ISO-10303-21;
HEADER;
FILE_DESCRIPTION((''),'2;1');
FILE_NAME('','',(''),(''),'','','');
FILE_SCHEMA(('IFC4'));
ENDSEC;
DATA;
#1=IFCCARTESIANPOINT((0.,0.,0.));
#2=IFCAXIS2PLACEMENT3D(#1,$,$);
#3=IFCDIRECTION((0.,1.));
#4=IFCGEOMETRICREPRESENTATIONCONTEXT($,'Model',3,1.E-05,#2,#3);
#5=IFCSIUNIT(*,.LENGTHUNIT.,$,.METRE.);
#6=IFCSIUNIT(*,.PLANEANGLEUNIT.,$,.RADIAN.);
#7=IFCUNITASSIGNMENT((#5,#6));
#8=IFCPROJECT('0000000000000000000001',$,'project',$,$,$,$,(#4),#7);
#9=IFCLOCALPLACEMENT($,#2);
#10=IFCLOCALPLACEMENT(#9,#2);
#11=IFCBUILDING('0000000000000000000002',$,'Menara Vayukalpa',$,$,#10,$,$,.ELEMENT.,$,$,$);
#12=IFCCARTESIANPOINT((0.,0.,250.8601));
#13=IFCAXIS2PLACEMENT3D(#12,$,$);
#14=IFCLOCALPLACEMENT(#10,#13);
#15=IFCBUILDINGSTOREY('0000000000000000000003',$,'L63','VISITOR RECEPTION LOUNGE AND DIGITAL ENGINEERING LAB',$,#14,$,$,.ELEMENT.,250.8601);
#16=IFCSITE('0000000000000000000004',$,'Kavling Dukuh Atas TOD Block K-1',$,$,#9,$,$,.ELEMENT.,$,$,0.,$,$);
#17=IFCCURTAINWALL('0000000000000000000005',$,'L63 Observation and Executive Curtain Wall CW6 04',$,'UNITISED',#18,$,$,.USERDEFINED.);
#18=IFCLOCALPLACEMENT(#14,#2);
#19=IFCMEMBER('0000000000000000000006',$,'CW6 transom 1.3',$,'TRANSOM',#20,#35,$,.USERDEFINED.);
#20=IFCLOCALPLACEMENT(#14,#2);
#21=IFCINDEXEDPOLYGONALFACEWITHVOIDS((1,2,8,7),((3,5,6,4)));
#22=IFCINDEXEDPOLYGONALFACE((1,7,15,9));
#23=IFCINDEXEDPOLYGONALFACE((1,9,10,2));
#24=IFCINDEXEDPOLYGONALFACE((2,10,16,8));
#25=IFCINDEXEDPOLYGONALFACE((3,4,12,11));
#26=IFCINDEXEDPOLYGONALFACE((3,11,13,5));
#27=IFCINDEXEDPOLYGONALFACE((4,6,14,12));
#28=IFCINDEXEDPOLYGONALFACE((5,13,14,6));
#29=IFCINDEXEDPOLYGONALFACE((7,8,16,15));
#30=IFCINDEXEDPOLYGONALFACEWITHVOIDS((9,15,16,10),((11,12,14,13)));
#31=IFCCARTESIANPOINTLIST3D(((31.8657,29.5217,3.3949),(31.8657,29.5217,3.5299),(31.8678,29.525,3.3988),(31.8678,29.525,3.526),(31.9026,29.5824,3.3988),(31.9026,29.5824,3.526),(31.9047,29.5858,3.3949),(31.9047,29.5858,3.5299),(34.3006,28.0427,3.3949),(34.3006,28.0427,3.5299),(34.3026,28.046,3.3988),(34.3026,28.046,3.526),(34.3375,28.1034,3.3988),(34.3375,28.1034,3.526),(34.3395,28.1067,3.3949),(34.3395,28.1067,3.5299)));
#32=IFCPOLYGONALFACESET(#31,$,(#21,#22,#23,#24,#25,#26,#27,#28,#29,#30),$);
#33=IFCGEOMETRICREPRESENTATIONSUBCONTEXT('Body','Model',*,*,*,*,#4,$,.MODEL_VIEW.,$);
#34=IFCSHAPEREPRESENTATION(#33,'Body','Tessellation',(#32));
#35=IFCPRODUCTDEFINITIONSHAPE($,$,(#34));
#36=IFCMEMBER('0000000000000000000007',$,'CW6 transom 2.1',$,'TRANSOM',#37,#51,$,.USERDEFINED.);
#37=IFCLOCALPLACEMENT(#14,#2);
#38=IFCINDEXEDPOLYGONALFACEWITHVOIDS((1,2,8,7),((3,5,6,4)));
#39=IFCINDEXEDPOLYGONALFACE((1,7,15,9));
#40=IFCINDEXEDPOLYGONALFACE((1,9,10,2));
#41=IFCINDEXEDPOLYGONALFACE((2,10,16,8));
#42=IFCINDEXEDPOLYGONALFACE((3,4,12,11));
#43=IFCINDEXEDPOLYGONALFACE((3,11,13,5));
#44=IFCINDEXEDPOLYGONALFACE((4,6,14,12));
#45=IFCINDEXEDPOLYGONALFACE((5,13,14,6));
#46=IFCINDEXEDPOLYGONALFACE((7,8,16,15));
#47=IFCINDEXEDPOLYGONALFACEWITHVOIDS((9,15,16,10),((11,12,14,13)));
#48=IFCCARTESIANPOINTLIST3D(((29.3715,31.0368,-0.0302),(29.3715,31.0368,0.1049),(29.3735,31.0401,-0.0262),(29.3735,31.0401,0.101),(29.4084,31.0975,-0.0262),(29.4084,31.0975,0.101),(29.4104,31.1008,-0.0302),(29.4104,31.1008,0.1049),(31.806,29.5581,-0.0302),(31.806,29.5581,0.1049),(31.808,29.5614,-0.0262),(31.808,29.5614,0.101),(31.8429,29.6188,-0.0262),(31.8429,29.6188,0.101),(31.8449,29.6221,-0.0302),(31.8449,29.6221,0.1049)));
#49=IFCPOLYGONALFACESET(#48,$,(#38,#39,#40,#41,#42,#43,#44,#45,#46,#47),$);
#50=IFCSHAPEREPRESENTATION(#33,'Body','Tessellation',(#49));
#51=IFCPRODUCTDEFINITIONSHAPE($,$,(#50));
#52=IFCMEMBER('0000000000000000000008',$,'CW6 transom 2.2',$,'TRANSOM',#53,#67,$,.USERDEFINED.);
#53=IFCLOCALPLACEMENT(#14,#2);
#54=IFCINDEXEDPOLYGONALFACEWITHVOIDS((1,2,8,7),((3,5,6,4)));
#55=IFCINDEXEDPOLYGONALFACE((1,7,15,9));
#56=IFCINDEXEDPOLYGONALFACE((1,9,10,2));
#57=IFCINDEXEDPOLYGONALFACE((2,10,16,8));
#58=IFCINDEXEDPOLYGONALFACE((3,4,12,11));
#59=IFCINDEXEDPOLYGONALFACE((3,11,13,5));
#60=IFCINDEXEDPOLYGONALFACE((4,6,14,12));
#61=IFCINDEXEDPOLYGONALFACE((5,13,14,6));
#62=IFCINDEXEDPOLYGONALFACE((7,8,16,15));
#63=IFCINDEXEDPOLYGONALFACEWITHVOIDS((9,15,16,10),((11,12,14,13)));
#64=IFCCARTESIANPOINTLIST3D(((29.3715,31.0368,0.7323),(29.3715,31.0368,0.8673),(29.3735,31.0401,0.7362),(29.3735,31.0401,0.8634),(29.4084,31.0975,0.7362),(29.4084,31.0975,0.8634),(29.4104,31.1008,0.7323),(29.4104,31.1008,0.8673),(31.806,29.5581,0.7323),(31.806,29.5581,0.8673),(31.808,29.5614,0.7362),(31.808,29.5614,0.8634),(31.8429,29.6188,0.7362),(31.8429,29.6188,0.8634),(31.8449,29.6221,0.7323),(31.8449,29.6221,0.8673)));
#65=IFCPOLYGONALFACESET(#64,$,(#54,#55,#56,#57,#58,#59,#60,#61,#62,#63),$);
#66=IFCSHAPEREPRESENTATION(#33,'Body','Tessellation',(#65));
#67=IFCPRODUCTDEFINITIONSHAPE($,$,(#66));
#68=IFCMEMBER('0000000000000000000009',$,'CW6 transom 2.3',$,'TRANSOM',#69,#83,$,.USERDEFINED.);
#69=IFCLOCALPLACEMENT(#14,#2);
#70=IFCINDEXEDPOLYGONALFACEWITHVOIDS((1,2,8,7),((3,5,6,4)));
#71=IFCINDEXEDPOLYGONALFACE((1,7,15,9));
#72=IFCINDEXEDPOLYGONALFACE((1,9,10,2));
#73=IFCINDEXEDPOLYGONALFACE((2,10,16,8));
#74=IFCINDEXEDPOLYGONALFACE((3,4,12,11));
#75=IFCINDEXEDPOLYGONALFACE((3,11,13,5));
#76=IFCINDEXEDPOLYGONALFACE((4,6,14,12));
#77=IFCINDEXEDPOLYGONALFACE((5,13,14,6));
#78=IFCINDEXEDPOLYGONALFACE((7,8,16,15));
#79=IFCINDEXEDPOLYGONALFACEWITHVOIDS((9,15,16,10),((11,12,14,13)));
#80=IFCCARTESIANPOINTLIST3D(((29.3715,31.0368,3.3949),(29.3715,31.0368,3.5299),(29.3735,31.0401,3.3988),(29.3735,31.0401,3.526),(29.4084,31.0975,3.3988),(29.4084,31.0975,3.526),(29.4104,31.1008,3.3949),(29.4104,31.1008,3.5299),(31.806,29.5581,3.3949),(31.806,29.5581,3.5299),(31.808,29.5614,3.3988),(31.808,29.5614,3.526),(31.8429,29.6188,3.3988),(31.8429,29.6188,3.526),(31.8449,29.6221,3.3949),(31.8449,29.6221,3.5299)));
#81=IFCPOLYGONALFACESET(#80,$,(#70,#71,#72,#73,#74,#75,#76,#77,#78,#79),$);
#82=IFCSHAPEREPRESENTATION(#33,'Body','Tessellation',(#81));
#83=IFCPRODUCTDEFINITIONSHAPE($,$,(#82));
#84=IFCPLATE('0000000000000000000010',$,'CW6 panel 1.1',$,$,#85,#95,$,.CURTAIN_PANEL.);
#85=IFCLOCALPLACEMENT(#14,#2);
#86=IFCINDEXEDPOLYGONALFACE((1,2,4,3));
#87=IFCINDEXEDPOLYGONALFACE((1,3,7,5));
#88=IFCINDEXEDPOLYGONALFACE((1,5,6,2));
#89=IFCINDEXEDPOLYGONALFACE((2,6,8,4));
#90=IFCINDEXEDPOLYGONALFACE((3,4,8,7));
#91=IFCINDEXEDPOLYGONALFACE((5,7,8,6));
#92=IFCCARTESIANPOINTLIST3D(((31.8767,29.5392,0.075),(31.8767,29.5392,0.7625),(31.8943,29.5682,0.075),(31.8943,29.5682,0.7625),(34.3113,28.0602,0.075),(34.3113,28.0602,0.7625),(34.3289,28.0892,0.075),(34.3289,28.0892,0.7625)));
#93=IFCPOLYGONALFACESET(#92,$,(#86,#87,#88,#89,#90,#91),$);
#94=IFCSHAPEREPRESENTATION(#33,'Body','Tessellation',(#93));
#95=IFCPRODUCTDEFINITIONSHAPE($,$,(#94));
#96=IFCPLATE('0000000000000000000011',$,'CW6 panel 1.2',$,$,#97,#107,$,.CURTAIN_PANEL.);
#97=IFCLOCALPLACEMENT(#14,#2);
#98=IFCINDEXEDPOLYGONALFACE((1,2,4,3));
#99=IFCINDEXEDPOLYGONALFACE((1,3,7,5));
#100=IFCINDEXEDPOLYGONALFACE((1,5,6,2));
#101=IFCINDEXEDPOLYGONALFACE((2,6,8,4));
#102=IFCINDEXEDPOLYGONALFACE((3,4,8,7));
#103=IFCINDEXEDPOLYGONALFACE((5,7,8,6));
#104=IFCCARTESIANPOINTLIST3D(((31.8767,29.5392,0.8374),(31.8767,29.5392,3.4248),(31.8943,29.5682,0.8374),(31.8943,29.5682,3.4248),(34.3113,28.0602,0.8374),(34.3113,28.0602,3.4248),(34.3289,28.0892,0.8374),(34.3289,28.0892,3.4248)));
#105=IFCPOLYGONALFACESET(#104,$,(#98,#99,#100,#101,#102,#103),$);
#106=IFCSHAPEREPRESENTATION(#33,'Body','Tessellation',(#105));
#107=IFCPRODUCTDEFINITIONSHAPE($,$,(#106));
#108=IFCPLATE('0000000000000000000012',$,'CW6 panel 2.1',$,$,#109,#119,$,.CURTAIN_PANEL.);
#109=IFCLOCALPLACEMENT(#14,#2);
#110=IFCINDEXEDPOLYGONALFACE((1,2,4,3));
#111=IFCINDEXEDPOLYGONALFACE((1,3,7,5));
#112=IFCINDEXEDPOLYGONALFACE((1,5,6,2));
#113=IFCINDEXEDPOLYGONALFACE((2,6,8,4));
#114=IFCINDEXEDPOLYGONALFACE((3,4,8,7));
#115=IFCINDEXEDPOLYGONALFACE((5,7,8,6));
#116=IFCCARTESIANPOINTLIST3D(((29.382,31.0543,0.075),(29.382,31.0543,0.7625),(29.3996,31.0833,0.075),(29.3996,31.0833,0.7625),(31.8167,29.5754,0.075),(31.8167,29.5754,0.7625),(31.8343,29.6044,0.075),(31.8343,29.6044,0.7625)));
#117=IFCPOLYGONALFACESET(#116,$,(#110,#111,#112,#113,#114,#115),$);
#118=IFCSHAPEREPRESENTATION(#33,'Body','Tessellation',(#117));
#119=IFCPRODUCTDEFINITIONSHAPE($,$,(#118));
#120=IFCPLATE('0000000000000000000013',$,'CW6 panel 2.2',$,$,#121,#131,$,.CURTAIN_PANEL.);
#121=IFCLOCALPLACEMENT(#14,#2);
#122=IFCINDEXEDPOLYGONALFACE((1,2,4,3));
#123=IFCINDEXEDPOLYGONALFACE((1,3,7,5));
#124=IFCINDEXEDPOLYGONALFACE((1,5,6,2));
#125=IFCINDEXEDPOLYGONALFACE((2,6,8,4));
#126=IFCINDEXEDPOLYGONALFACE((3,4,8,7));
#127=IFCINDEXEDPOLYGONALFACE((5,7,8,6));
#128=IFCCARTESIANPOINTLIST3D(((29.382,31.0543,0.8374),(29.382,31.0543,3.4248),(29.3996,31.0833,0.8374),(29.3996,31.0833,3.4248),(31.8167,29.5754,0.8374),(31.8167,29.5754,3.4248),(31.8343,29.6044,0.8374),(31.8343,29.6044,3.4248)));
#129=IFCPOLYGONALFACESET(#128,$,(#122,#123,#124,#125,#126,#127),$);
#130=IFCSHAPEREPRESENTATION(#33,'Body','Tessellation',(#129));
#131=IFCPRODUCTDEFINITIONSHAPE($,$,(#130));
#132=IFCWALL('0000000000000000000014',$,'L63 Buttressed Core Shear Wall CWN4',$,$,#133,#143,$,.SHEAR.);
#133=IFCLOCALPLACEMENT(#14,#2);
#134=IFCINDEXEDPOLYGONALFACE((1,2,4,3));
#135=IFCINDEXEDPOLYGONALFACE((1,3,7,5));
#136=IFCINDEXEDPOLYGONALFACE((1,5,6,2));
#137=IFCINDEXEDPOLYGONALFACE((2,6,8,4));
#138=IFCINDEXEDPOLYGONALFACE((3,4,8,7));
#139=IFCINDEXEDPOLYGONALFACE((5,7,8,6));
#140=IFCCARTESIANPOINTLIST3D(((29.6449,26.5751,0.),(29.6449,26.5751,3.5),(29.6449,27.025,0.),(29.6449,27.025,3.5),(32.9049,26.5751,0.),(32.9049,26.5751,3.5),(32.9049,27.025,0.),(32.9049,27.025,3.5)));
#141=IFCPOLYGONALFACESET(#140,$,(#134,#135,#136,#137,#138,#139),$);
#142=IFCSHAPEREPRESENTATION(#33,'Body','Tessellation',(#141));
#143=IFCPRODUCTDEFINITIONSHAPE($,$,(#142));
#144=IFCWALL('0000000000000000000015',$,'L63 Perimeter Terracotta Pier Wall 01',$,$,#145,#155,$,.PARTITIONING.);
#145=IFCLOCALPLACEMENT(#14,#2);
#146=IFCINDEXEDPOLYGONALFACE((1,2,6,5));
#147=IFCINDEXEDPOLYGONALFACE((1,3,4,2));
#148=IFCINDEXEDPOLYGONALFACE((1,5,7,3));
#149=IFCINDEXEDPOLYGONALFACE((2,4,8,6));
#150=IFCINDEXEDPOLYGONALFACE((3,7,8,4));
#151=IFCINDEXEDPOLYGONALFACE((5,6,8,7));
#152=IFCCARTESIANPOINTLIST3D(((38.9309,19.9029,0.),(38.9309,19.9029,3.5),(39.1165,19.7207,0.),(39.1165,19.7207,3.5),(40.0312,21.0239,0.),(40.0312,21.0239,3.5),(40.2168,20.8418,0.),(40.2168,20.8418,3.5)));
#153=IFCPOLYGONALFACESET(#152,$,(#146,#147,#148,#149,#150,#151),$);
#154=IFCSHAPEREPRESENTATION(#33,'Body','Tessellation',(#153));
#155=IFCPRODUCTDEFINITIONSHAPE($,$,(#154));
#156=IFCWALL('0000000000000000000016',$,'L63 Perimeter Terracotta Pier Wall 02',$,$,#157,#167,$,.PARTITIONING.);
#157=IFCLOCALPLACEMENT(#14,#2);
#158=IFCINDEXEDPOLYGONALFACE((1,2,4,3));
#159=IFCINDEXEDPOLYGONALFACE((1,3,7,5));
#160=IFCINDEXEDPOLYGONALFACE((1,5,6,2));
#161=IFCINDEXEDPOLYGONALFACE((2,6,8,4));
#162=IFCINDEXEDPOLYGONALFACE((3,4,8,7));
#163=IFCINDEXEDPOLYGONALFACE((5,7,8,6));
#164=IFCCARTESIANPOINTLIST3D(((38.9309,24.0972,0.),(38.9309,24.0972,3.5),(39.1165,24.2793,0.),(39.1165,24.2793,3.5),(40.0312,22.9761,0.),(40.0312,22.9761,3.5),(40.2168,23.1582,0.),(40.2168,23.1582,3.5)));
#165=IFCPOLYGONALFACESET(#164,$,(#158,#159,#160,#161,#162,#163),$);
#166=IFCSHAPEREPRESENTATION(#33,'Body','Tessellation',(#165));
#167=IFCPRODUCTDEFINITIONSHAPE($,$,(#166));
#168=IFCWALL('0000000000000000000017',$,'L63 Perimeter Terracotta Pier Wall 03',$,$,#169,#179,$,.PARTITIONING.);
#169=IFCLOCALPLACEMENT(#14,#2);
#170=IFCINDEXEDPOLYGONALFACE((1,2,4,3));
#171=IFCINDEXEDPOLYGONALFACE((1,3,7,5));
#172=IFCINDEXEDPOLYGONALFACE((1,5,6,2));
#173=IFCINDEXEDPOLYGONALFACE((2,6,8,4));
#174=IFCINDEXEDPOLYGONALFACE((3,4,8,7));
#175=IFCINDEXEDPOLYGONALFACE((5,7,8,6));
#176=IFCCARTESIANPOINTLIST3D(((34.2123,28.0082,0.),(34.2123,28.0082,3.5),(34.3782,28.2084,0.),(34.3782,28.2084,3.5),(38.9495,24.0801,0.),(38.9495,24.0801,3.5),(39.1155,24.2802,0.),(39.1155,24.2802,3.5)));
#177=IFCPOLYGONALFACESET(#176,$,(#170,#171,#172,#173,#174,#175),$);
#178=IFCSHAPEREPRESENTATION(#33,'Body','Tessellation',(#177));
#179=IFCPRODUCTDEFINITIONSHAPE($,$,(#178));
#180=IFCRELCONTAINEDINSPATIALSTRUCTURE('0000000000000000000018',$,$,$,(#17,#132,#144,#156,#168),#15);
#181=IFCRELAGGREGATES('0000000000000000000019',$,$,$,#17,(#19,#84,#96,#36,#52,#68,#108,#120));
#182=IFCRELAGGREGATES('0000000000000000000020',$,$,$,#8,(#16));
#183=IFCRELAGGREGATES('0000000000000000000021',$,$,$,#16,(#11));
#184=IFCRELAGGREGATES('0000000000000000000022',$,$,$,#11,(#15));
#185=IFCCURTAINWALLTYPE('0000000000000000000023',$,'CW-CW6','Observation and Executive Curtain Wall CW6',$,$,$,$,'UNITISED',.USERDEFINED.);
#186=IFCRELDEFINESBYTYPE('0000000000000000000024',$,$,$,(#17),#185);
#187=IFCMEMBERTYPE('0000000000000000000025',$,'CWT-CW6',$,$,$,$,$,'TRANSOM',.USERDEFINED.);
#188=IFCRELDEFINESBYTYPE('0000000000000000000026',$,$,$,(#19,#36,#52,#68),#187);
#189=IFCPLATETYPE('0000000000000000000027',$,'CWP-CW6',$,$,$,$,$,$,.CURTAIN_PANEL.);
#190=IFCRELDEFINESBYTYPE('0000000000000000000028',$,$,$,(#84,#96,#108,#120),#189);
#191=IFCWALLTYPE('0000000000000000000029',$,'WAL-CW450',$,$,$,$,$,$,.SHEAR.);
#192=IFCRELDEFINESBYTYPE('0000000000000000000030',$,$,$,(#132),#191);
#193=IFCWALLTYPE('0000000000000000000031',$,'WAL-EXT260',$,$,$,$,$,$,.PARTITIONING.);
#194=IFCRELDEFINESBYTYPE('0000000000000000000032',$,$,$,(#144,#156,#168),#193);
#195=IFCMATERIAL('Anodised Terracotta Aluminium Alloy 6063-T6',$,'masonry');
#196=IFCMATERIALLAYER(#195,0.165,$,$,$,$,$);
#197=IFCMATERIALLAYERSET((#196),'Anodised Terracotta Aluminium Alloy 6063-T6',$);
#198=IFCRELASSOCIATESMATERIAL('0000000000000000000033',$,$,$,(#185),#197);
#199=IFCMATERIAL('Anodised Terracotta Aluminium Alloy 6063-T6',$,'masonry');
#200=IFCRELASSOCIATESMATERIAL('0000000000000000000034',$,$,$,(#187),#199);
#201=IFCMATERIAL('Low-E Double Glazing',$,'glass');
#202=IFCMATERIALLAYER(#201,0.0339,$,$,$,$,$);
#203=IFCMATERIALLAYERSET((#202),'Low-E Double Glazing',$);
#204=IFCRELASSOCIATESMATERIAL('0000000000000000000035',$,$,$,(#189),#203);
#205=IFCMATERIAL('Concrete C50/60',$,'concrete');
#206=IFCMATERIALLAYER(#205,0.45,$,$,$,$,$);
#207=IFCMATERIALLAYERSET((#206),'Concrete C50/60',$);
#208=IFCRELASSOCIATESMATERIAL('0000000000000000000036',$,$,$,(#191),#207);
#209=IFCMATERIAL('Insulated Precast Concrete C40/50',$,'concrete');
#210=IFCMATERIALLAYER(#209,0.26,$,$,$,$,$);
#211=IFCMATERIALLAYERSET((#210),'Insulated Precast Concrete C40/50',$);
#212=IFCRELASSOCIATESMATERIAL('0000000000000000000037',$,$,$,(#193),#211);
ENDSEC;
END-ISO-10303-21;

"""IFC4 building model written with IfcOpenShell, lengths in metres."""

from ifc_helpers import new_model, si_unit, direction, frame, frame_2d, origin, origin_2d, place, context, subcontext, project, spatial, rectangle, hollow_rectangle, extrude, material, layer, layer_set, material_profile, profile_set, type_object, element, aggregate, save


model = new_model("IFC4")

# Units and contexts
model_context = context("Model", 3, precision=1e-05, world=origin(), true_north=direction((0.0, 1.0)))
body_context = subcontext(model_context, "Body", "Model", "MODEL_VIEW")
ifc_project = project(units=[si_unit("LENGTHUNIT", "METRE"), si_unit("PLANEANGLEUNIT", "RADIAN")], contexts=[model_context])

# Site, building, storey
site_placement = place(None, origin())
site = spatial("IfcSite", under=ifc_project, at=site_placement, Name="Kavling Dukuh Atas TOD Block K-1", CompositionType="ELEMENT", RefElevation=0.0)
building_placement = place(site_placement, origin())
building = spatial("IfcBuilding", under=site, at=building_placement, Name="Menara Vayukalpa", CompositionType="ELEMENT")
storey_placement = place(building_placement, frame((0.0, 0.0, 250.8601)))
storey = spatial("IfcBuildingStorey", under=building, at=storey_placement, Name="L63", Description="VISITOR RECEPTION LOUNGE AND DIGITAL ENGINEERING LAB", CompositionType="ELEMENT", Elevation=250.8601)

# Curtain wall
ifc_material_1 = material(Name="Anodised Terracotta Aluminium Alloy 6063-T6", Category="masonry")
ifc_layer_1 = layer(ifc_material_1, 0.165)
ifc_layer_set_1 = layer_set([ifc_layer_1], Name="Anodised Terracotta Aluminium Alloy 6063-T6")
curtain_wall_type = type_object("IfcCurtainWallType", Name="CW-CW6", Description="Observation and Executive Curtain Wall CW6", ElementType="UNITISED", PredefinedType="USERDEFINED", material=ifc_layer_set_1)
curtain_wall_1_placement = place(storey_placement, origin())
curtain_wall_1 = element("IfcCurtainWall", 1, at=curtain_wall_1_placement, inside=storey, type_object=curtain_wall_type, Name="L63 Observation and Executive Curtain Wall CW6 04", ObjectType="UNITISED", PredefinedType="USERDEFINED")

# Members
ifc_material_2 = material(Name="Anodised Terracotta Aluminium Alloy 6063-T6", Category="masonry")
ifc_material_profile_1 = material_profile(ifc_material_2, hollow_rectangle(XDim=0.075, YDim=0.135, WallThickness=0.0039, at=origin_2d()), Name="ALU 75x135x4")
ifc_profile_set_1 = profile_set([ifc_material_profile_1], Name="Anodised Terracotta Aluminium Alloy 6063-T6")
member_type_1 = type_object("IfcMemberType", Name="CWT-CW6", ElementType="TRANSOM", PredefinedType="USERDEFINED", material=ifc_profile_set_1)
member_1_placement = place(storey_placement, frame((34.3201, 28.0747, 3.4624), z_axis=(-0.854675, 0.519164, 0.0), x_axis=(-0.519164, -0.854675, 0.0)))
member_1 = element("IfcMember", 2, at=member_1_placement, type_object=member_type_1, Name="CW6 transom 1.3", ObjectType="TRANSOM", PredefinedType="USERDEFINED", context=body_context, shape_type="SweptSolid", body=[
    extrude(hollow_rectangle(XDim=0.075, YDim=0.135, WallThickness=0.0039, at=origin_2d()), origin(), (0.0, 0.0, 1.0), 2.8489),
])
member_2_placement = place(storey_placement, frame((31.8254, 29.5901, 0.0374), z_axis=(-0.85469, 0.519139, 0.0), x_axis=(-0.519139, -0.85469, 0.0)))
member_2 = element("IfcMember", 3, at=member_2_placement, type_object=member_type_1, Name="CW6 transom 2.1", ObjectType="TRANSOM", PredefinedType="USERDEFINED", context=body_context, shape_type="SweptSolid", body=[
    extrude(hollow_rectangle(XDim=0.075, YDim=0.135, WallThickness=0.0039, at=origin_2d()), origin(), (0.0, 0.0, 1.0), 2.8484),
])
member_3_placement = place(storey_placement, frame((31.8254, 29.5901, 0.7998), z_axis=(-0.85469, 0.519139, 0.0), x_axis=(-0.519139, -0.85469, 0.0)))
member_3 = element("IfcMember", 4, at=member_3_placement, type_object=member_type_1, Name="CW6 transom 2.2", ObjectType="TRANSOM", PredefinedType="USERDEFINED", context=body_context, shape_type="SweptSolid", body=[
    extrude(hollow_rectangle(XDim=0.075, YDim=0.135, WallThickness=0.0039, at=origin_2d()), origin(), (0.0, 0.0, 1.0), 2.8484),
])
member_4_placement = place(storey_placement, frame((31.8254, 29.5901, 3.4624), z_axis=(-0.85469, 0.519139, 0.0), x_axis=(-0.519139, -0.85469, 0.0)))
member_4 = element("IfcMember", 5, at=member_4_placement, type_object=member_type_1, Name="CW6 transom 2.3", ObjectType="TRANSOM", PredefinedType="USERDEFINED", context=body_context, shape_type="SweptSolid", body=[
    extrude(hollow_rectangle(XDim=0.075, YDim=0.135, WallThickness=0.0039, at=origin_2d()), origin(), (0.0, 0.0, 1.0), 2.8484),
])

# Plates
ifc_material_3 = material(Name="Low-E Double Glazing", Category="glass")
ifc_layer_2 = layer(ifc_material_3, 0.0339)
ifc_layer_set_2 = layer_set([ifc_layer_2], Name="Low-E Double Glazing")
plate_type = type_object("IfcPlateType", Name="CWP-CW6", PredefinedType="CURTAIN_PANEL", material=ifc_layer_set_2)
plate_1_placement = place(storey_placement, frame((33.1028, 28.8142, 0.075), z_axis=(0.0, 0.0, 1.0), x_axis=(-0.854668, 0.519176, 0.0)))
plate_1 = element("IfcPlate", 6, at=plate_1_placement, type_object=plate_type, Name="CW6 panel 1.1", PredefinedType="CURTAIN_PANEL", context=body_context, shape_type="SweptSolid", body=[
    extrude(rectangle(XDim=2.8486, YDim=0.0339, at=origin_2d()), origin(), (0.0, 0.0, 1.0), 0.6875),
])
plate_2_placement = place(storey_placement, frame((33.1028, 28.8142, 0.8374), z_axis=(0.0, 0.0, 1.0), x_axis=(-0.854668, 0.519176, 0.0)))
plate_2 = element("IfcPlate", 7, at=plate_2_placement, type_object=plate_type, Name="CW6 panel 1.2", PredefinedType="CURTAIN_PANEL", context=body_context, shape_type="SweptSolid", body=[
    extrude(rectangle(XDim=2.8486, YDim=0.0339, at=origin_2d()), origin(), (0.0, 0.0, 1.0), 2.5874),
])
plate_3_placement = place(storey_placement, frame((30.6082, 30.3293, 0.075), z_axis=(0.0, 0.0, 1.0), x_axis=(-0.854668, 0.519176, 0.0)))
plate_3 = element("IfcPlate", 8, at=plate_3_placement, type_object=plate_type, Name="CW6 panel 2.1", PredefinedType="CURTAIN_PANEL", context=body_context, shape_type="SweptSolid", body=[
    extrude(rectangle(XDim=2.8486, YDim=0.0339, at=origin_2d()), origin(), (0.0, 0.0, 1.0), 0.6875),
])
plate_4_placement = place(storey_placement, frame((30.6082, 30.3293, 0.8374), z_axis=(0.0, 0.0, 1.0), x_axis=(-0.854668, 0.519176, 0.0)))
plate_4 = element("IfcPlate", 9, at=plate_4_placement, type_object=plate_type, Name="CW6 panel 2.2", PredefinedType="CURTAIN_PANEL", context=body_context, shape_type="SweptSolid", body=[
    extrude(rectangle(XDim=2.8486, YDim=0.0339, at=origin_2d()), origin(), (0.0, 0.0, 1.0), 2.5874),
])
aggregate(curtain_wall_1, [member_1, plate_1, plate_2, member_2, member_3, member_4, plate_3, plate_4])

# Walls
ifc_material_4 = material(Name="Concrete C50/60", Category="concrete")
ifc_layer_3 = layer(ifc_material_4, 0.45)
ifc_layer_set_3 = layer_set([ifc_layer_3], Name="Concrete C50/60")
wall_type_1 = type_object("IfcWallType", Name="WAL-CW450", PredefinedType="SHEAR", material=ifc_layer_set_3)
wall_1_placement = place(storey_placement, frame((29.645, 26.8, 0.0), z_axis=(0.0, 0.0, 1.0), x_axis=(1.0, 0.0, 0.0)))
element("IfcWall", 10, at=wall_1_placement, inside=storey, type_object=wall_type_1, Name="L63 Buttressed Core Shear Wall CWN4", PredefinedType="SHEAR", context=body_context, shape_type="SweptSolid", body=[
    extrude(rectangle(XDim=3.26, YDim=0.45, at=frame_2d((1.6299, 0.0))), origin(), (0.0, 0.0, 1.0), 3.5),
])
ifc_material_5 = material(Name="Insulated Precast Concrete C40/50", Category="concrete")
ifc_layer_4 = layer(ifc_material_5, 0.26)
ifc_layer_set_4 = layer_set([ifc_layer_4], Name="Insulated Precast Concrete C40/50")
wall_type_2 = type_object("IfcWallType", Name="WAL-EXT260", PredefinedType="PARTITIONING", material=ifc_layer_set_4)
for number, where, z_axis, x_axis, name in (
    (11, (40.124, 20.9329, 0.0), (0.0, 0.0, 1.0), (-0.700471, -0.713681, 0.0), "L63 Perimeter Terracotta Pier Wall 01"),
    (12, (39.0237, 24.1882, 0.0), (0.0, 0.0, 1.0), (0.700471, -0.713681, 0.0), "L63 Perimeter Terracotta Pier Wall 02"),
):
    element("IfcWall", number, at=place(storey_placement, frame(where, z_axis=z_axis, x_axis=x_axis)), inside=storey, type_object=wall_type_2, Name=name, PredefinedType="PARTITIONING", context=body_context, shape_type="SweptSolid", body=[
        extrude(rectangle(XDim=1.5708, YDim=0.26, at=frame_2d((0.7854, 0.0))), origin(), (0.0, 0.0, 1.0), 3.5),
    ])
wall_2_placement = place(storey_placement, frame((34.2952, 28.1084, 0.0), z_axis=(0.0, 0.0, 1.0), x_axis=(0.76978, -0.638309, 0.0)))
element("IfcWall", 13, at=wall_2_placement, inside=storey, type_object=wall_type_2, Name="L63 Perimeter Terracotta Pier Wall 03", PredefinedType="PARTITIONING", context=body_context, shape_type="SweptSolid", body=[
    extrude(rectangle(XDim=6.1541, YDim=0.26, at=frame_2d((3.0771, 0.0))), origin(), (0.0, 0.0, 1.0), 3.5),
])

save(model, "model.ifc")
